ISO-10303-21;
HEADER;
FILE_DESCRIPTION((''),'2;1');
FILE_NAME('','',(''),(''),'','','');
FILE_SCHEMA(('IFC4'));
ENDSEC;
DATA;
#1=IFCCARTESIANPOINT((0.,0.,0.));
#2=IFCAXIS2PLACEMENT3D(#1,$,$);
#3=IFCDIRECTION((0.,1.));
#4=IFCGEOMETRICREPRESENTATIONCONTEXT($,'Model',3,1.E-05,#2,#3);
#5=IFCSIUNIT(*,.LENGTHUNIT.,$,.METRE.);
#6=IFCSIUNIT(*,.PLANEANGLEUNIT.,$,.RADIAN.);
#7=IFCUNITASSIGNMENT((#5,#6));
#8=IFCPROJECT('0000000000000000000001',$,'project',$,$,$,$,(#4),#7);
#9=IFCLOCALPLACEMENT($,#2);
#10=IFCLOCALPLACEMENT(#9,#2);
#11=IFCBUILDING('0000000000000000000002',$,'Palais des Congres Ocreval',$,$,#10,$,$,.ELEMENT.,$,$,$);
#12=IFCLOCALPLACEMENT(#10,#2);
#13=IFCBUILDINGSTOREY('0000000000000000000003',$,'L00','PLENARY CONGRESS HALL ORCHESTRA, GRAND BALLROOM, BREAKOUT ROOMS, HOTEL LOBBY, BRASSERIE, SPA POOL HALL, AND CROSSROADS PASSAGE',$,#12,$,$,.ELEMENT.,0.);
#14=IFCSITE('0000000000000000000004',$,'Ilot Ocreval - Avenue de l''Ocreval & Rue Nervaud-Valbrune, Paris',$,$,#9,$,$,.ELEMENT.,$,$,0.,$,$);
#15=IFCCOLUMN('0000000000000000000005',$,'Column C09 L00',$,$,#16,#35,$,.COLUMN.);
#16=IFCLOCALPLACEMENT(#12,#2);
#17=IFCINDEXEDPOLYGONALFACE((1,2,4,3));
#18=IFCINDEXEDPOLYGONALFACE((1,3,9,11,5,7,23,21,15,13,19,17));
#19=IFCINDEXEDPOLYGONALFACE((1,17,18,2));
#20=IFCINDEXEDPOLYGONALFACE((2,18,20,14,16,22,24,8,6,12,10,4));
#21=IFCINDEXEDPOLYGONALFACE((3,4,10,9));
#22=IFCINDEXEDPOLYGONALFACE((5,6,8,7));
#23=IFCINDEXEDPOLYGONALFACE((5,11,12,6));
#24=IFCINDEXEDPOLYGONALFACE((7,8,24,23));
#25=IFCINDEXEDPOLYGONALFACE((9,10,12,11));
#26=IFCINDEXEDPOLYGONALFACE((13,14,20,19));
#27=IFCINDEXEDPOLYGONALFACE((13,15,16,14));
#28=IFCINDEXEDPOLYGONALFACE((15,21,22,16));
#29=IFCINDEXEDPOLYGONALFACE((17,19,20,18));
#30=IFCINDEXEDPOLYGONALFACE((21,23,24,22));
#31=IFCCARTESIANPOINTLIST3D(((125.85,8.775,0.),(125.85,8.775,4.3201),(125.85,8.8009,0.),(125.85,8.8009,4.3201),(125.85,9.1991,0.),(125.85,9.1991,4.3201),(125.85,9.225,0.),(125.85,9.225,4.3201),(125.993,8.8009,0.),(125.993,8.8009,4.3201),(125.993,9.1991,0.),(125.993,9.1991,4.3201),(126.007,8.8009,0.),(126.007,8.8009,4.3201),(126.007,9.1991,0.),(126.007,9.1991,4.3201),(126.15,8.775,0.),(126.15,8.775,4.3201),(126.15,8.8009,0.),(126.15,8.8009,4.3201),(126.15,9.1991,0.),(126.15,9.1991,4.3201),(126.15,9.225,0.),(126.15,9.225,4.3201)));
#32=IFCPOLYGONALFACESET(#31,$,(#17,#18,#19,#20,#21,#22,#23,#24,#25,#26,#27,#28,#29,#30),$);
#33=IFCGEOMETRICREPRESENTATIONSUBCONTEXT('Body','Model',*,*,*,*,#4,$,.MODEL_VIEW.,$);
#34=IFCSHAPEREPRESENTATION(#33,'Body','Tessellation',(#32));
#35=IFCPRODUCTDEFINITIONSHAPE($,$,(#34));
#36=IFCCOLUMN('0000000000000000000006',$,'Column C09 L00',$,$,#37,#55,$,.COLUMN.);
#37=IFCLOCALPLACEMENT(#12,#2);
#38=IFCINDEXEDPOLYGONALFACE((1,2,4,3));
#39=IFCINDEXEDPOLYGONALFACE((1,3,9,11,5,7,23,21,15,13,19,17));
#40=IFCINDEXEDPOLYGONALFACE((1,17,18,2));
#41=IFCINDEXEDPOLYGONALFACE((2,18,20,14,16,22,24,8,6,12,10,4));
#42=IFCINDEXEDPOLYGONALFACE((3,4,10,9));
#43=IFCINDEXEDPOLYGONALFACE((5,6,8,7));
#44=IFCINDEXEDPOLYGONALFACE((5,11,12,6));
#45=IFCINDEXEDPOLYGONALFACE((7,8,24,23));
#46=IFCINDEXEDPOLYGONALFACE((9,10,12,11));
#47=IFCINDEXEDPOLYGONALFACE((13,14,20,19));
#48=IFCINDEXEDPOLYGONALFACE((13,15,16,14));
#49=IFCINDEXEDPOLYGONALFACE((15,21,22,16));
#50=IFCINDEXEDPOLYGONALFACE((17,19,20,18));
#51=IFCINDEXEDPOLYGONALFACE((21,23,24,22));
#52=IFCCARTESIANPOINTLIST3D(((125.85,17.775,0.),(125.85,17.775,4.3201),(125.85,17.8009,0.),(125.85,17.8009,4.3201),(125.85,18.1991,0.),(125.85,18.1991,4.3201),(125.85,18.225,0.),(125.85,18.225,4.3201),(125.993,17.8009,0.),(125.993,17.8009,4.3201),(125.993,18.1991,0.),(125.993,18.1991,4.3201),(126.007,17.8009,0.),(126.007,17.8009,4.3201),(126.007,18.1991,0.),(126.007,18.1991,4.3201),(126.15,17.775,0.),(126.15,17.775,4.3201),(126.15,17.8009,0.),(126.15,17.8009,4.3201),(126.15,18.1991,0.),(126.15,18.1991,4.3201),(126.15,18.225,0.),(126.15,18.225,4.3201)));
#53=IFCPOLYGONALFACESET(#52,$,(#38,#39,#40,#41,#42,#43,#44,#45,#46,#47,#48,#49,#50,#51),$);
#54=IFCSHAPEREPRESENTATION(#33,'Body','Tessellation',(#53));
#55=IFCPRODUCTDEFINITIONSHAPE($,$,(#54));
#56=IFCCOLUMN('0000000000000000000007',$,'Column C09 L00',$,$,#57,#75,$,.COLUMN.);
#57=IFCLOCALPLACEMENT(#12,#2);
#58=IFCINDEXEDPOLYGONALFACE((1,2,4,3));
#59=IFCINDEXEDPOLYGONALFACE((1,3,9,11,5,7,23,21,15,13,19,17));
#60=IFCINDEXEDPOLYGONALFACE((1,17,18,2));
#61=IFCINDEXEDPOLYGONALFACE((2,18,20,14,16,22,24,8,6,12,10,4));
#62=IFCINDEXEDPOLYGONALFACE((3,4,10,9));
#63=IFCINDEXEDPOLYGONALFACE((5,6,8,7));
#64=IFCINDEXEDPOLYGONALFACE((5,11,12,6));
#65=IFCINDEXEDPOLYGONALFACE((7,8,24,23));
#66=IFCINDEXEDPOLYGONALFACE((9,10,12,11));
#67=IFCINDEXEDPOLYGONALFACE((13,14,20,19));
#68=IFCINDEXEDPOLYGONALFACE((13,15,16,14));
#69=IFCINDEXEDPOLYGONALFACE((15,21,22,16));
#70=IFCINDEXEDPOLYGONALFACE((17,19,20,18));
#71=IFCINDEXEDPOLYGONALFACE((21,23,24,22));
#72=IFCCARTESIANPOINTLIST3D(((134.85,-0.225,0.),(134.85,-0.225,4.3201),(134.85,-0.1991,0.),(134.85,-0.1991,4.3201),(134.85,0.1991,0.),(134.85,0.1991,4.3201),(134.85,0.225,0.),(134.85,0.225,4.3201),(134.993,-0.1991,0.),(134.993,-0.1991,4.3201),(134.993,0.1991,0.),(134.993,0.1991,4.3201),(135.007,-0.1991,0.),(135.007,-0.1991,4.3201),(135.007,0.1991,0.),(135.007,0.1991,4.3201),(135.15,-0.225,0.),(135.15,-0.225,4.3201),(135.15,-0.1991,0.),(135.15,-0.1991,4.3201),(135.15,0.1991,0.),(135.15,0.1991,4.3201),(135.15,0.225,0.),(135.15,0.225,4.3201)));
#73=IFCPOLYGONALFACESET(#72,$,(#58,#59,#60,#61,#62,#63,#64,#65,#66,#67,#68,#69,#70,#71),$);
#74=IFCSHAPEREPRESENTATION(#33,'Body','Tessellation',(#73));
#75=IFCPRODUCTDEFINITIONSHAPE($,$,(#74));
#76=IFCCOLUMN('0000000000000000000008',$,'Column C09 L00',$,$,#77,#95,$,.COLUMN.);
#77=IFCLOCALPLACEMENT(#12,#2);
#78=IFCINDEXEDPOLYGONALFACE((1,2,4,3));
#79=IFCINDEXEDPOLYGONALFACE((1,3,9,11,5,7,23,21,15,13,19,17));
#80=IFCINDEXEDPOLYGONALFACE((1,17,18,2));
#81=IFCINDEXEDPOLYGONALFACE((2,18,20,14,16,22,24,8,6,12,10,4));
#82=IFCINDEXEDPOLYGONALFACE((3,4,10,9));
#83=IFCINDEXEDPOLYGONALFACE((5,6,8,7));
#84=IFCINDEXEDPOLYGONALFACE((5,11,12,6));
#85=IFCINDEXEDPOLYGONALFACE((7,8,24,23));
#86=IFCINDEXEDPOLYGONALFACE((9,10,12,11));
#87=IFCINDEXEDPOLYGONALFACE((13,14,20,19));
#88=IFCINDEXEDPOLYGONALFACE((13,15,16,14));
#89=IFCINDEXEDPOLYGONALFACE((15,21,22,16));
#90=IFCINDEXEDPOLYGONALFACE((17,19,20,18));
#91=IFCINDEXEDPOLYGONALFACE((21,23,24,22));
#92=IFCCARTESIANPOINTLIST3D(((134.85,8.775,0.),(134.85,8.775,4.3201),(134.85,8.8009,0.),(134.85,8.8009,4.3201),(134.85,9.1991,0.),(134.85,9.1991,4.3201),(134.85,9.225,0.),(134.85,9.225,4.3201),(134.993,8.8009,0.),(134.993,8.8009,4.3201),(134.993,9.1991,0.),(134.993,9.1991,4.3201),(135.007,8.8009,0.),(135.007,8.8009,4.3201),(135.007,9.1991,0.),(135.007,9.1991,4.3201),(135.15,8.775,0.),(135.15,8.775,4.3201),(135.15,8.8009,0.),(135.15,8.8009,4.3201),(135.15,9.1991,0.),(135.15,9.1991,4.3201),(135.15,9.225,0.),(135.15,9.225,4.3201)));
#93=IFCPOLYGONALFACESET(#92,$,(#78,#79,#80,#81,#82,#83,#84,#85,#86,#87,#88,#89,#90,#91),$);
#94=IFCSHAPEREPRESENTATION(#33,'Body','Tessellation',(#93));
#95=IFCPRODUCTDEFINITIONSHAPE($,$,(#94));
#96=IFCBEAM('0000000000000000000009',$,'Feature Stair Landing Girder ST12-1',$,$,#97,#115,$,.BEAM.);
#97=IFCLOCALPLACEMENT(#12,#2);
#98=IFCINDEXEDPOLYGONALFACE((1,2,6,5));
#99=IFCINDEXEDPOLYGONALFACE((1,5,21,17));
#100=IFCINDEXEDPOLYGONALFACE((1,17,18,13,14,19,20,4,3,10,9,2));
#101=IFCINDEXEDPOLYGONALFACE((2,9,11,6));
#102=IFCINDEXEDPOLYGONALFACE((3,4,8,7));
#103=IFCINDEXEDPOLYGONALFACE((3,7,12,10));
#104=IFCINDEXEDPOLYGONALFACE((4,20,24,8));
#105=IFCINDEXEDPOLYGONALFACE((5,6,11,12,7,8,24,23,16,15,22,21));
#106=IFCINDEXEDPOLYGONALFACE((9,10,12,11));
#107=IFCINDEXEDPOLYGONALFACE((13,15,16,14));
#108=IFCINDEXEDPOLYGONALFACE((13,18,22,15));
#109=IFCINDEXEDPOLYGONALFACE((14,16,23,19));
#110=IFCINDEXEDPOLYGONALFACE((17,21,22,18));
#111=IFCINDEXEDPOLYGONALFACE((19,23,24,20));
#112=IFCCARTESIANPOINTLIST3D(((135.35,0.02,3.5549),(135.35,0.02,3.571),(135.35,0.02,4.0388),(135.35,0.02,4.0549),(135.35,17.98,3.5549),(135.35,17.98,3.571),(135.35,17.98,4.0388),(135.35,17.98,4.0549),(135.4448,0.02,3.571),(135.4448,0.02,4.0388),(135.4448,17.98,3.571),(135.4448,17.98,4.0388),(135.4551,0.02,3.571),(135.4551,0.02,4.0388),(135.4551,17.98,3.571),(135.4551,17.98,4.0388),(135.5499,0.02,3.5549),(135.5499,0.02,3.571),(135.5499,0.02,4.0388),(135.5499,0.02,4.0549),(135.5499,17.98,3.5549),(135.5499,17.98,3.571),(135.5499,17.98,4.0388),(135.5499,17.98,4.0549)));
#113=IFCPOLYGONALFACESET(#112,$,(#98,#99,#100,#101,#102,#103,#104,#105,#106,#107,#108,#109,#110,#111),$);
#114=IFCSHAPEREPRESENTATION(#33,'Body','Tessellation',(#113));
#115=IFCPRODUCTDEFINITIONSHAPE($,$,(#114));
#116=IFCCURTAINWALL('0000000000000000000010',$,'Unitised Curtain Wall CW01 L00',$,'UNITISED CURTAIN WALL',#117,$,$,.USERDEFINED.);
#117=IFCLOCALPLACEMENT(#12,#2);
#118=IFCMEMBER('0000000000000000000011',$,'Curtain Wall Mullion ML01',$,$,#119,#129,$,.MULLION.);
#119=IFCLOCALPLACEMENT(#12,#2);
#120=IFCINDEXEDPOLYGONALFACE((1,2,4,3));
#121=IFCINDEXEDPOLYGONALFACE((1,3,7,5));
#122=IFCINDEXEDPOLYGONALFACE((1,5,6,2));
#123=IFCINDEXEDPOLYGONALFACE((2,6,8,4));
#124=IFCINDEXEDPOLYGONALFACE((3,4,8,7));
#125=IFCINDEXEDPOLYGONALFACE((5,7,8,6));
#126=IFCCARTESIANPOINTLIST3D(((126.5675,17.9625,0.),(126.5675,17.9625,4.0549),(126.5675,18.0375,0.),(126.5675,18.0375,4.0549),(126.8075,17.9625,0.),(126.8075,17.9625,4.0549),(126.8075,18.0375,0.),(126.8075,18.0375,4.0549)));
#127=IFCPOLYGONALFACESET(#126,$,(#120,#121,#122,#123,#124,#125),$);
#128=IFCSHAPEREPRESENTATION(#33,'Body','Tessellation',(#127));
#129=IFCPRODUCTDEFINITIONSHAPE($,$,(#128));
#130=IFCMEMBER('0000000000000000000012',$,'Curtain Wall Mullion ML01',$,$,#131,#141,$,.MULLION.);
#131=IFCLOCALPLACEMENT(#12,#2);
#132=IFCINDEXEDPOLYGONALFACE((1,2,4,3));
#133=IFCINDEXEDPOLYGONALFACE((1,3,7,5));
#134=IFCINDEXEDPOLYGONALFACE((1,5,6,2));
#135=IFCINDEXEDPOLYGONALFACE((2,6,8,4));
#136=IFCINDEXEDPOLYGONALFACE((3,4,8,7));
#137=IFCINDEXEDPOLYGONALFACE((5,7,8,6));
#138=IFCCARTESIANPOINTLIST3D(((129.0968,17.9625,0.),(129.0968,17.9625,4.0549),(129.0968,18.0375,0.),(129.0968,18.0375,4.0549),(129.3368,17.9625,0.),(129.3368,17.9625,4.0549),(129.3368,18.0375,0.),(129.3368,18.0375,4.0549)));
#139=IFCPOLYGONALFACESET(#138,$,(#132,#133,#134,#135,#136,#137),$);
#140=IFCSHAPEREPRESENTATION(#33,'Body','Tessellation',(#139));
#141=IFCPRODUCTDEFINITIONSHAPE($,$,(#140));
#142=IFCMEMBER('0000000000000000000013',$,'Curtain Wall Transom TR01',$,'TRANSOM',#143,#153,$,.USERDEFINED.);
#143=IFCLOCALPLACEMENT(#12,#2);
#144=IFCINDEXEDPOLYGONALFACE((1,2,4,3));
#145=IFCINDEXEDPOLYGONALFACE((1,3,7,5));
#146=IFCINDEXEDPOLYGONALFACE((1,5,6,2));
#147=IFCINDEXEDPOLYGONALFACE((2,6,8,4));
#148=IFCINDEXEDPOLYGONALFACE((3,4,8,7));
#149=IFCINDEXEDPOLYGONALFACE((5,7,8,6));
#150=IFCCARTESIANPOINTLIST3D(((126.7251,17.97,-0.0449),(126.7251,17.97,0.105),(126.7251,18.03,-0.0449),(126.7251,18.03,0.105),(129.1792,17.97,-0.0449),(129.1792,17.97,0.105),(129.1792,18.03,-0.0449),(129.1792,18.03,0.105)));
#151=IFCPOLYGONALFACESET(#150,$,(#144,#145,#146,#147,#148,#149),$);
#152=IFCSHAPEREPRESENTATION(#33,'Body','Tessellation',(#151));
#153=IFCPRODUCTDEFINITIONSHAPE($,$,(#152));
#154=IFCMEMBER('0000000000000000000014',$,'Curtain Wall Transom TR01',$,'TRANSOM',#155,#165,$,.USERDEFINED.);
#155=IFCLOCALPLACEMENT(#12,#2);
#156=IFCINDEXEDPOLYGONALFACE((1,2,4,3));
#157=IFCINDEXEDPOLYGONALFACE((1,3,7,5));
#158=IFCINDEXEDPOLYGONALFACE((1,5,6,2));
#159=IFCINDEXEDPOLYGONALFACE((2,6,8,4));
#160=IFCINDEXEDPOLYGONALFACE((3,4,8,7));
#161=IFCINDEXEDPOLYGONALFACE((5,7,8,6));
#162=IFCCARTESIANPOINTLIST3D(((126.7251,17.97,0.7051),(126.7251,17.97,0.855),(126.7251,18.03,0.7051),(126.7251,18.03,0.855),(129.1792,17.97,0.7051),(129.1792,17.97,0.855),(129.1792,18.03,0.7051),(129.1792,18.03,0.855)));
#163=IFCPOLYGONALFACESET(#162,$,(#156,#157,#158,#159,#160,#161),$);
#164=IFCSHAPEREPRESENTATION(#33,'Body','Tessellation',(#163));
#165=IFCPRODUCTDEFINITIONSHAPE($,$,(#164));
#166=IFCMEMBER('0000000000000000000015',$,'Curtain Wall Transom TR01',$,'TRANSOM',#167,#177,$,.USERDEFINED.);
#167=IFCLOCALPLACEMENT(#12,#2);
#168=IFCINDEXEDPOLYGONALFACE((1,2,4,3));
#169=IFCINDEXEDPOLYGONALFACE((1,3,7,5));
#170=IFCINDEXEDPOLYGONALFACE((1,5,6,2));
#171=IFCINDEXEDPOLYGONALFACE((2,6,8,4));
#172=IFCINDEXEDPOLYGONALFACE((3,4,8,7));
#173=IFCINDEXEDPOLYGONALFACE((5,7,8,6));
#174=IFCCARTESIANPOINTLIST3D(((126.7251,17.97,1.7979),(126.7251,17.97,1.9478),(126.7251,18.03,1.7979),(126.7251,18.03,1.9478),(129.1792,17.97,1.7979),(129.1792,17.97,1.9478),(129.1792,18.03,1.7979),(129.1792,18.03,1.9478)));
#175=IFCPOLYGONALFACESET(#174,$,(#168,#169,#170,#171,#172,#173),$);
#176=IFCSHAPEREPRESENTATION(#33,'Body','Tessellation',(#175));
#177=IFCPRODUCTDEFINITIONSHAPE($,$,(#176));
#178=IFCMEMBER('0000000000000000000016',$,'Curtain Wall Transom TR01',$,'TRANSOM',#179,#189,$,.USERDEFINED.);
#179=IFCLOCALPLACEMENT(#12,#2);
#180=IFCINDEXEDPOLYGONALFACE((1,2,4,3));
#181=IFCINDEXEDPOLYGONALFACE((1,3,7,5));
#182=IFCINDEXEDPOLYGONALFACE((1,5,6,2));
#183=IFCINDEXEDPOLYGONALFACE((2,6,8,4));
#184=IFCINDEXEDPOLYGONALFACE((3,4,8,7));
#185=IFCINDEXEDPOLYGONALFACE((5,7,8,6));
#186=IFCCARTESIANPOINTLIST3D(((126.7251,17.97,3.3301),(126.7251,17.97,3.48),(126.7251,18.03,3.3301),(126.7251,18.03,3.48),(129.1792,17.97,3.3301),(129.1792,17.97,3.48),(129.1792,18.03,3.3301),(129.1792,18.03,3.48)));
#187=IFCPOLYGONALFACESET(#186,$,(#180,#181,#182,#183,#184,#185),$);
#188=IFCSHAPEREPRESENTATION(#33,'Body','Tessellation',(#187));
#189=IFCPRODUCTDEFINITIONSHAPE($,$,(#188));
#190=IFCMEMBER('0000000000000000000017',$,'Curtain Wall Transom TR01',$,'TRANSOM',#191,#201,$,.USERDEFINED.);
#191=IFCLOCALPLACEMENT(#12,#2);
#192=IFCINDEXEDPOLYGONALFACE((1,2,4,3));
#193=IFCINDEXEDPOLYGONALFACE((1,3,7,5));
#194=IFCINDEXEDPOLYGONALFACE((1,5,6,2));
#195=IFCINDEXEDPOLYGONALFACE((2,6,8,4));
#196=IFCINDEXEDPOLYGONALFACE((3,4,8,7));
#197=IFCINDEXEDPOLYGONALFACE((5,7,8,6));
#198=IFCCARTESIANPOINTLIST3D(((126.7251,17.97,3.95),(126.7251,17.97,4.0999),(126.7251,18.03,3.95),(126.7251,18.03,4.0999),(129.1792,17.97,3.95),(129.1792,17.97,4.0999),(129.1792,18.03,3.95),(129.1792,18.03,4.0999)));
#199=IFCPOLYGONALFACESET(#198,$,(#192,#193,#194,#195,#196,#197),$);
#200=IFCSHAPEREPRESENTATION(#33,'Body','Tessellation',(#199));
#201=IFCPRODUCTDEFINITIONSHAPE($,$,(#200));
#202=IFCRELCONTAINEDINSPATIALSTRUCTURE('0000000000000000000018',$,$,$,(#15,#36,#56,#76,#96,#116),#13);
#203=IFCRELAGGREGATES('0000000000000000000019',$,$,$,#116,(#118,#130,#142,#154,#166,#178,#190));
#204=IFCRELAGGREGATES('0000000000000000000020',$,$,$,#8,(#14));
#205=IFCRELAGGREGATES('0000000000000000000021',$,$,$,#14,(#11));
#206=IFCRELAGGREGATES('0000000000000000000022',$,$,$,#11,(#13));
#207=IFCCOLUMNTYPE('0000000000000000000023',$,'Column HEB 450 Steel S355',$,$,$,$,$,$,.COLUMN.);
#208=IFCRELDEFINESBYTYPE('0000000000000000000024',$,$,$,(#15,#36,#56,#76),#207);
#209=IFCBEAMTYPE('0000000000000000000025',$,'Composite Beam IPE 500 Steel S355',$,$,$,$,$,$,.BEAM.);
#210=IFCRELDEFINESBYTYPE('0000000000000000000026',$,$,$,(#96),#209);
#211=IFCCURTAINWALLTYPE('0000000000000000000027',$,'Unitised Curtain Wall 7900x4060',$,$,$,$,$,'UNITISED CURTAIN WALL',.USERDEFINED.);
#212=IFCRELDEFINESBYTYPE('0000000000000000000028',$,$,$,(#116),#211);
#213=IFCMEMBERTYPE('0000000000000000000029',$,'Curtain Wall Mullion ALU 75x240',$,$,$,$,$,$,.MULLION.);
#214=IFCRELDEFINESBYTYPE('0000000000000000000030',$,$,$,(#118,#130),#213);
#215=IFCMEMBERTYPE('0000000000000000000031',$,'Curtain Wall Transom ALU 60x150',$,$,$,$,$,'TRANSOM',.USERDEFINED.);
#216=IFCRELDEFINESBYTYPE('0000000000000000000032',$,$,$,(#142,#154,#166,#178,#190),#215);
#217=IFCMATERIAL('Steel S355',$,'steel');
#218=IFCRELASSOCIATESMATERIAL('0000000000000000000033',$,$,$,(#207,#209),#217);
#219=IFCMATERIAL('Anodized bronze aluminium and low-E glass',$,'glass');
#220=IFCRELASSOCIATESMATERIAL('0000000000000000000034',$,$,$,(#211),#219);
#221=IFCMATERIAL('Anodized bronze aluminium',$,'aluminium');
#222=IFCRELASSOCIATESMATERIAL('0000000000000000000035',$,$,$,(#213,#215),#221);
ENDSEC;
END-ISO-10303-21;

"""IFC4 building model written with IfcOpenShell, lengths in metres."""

from ifc_helpers import new_model, si_unit, direction, frame, origin, origin_2d, place, context, subcontext, project, spatial, rectangle, i_section, extrude, material, material_profile, profile_set, type_object, element, aggregate, save


model = new_model("IFC4")

# Units and contexts
model_context = context("Model", 3, precision=1e-05, world=origin(), true_north=direction((0.0, 1.0)))
body_context = subcontext(model_context, "Body", "Model", "MODEL_VIEW")
ifc_project = project(units=[si_unit("LENGTHUNIT", "METRE"), si_unit("PLANEANGLEUNIT", "RADIAN")], contexts=[model_context])

# Site, building, storey
site_placement = place(None, origin())
site = spatial("IfcSite", under=ifc_project, at=site_placement, Name="Ilot Ocreval - Avenue de l'Ocreval & Rue Nervaud-Valbrune, Paris", CompositionType="ELEMENT", RefElevation=0.0)
building_placement = place(site_placement, origin())
building = spatial("IfcBuilding", under=site, at=building_placement, Name="Palais des Congres Ocreval", CompositionType="ELEMENT")
storey_placement = place(building_placement, origin())
storey = spatial("IfcBuildingStorey", under=building, at=storey_placement, Name="L00", Description="PLENARY CONGRESS HALL ORCHESTRA, GRAND BALLROOM, BREAKOUT ROOMS, HOTEL LOBBY, BRASSERIE, SPA POOL HALL, AND CROSSROADS PASSAGE", CompositionType="ELEMENT", Elevation=0.0)

# Columns
ifc_material_1 = material(Name="Steel S355", Category="steel")
ifc_material_profile_1 = material_profile(ifc_material_1, i_section(OverallWidth=0.3, OverallDepth=0.45, WebThickness=0.0139, FlangeThickness=0.0259, at=origin_2d()), Name="HEB 450")
ifc_profile_set_1 = profile_set([ifc_material_profile_1], Name="Steel S355")
column_type = type_object("IfcColumnType", Name="Column HEB 450 Steel S355", PredefinedType="COLUMN", material=ifc_profile_set_1)
for number, where, z_axis, x_axis, name in (
    (1, (126.0, 9.0, 0.0), (0.0, 0.0, 1.0), (1.0, 0.0, 0.0), "Column C09 L00"),
    (2, (126.0, 18.0, 0.0), (0.0, 0.0, 1.0), (1.0, 0.0, 0.0), "Column C09 L00"),
    (3, (135.0, 0.0, 0.0), (0.0, 0.0, 1.0), (1.0, 0.0, 0.0), "Column C09 L00"),
    (4, (135.0, 9.0, 0.0), (0.0, 0.0, 1.0), (1.0, 0.0, 0.0), "Column C09 L00"),
):
    element("IfcColumn", number, at=place(storey_placement, frame(where, z_axis=z_axis, x_axis=x_axis)), inside=storey, type_object=column_type, Name=name, PredefinedType="COLUMN", context=body_context, shape_type="SweptSolid", body=[
        extrude(i_section(OverallWidth=0.3, OverallDepth=0.45, WebThickness=0.0139, FlangeThickness=0.0259, at=origin_2d()), origin(), (0.0, 0.0, 1.0), 4.3201),
    ])

# Beam
ifc_material_profile_2 = material_profile(ifc_material_1, i_section(OverallWidth=0.2, OverallDepth=0.5, WebThickness=0.0103, FlangeThickness=0.0161, at=origin_2d()), Name="IPE 500")
ifc_profile_set_2 = profile_set([ifc_material_profile_2], Name="Steel S355")
beam_type_1 = type_object("IfcBeamType", Name="Composite Beam IPE 500 Steel S355", PredefinedType="BEAM", material=ifc_profile_set_2)
beam_1_placement = place(storey_placement, frame((135.45, 0.02, 3.8049), z_axis=(0.0, 1.0, 0.0), x_axis=(-1.0, 0.0, 0.0)))
element("IfcBeam", 5, at=beam_1_placement, inside=storey, type_object=beam_type_1, Name="Feature Stair Landing Girder ST12-1", PredefinedType="BEAM", context=body_context, shape_type="SweptSolid", body=[
    extrude(i_section(OverallWidth=0.2, OverallDepth=0.5, WebThickness=0.0103, FlangeThickness=0.0161, at=origin_2d()), origin(), (0.0, 0.0, 1.0), 17.96),
])

# Curtain wall, members
ifc_material_2 = material(Name="Anodized bronze aluminium and low-E glass", Category="glass")
curtain_wall_type = type_object("IfcCurtainWallType", Name="Unitised Curtain Wall 7900x4060", ElementType="UNITISED CURTAIN WALL", PredefinedType="USERDEFINED", material=ifc_material_2)
curtain_wall_placement = place(storey_placement, origin())
curtain_wall = element("IfcCurtainWall", 6, at=curtain_wall_placement, inside=storey, type_object=curtain_wall_type, Name="Unitised Curtain Wall CW01 L00", ObjectType="UNITISED CURTAIN WALL", PredefinedType="USERDEFINED")
ifc_material_3 = material(Name="Anodized bronze aluminium", Category="aluminium")
ifc_material_profile_3 = material_profile(ifc_material_3, rectangle(XDim=0.075, YDim=0.24, at=origin_2d()), Name="ALU 75x240")
ifc_profile_set_3 = profile_set([ifc_material_profile_3], Name="Anodized bronze aluminium")
member_type_1 = type_object("IfcMemberType", Name="Curtain Wall Mullion ALU 75x240", PredefinedType="MULLION", material=ifc_profile_set_3)
member_1_placement = place(storey_placement, frame((126.6875, 18.0, 0.0), z_axis=(0.0, 0.0, 1.0), x_axis=(0.0, 1.0, 0.0)))
member_1 = element("IfcMember", 7, at=member_1_placement, type_object=member_type_1, Name="Curtain Wall Mullion ML01", PredefinedType="MULLION", context=body_context, shape_type="SweptSolid", body=[
    extrude(rectangle(XDim=0.075, YDim=0.24, at=origin_2d()), origin(), (0.0, 0.0, 1.0), 4.0549),
])
member_2_placement = place(storey_placement, frame((129.2168, 18.0, 0.0), z_axis=(0.0, 0.0, 1.0), x_axis=(0.0, 1.0, 0.0)))
member_2 = element("IfcMember", 8, at=member_2_placement, type_object=member_type_1, Name="Curtain Wall Mullion ML01", PredefinedType="MULLION", context=body_context, shape_type="SweptSolid", body=[
    extrude(rectangle(XDim=0.075, YDim=0.24, at=origin_2d()), origin(), (0.0, 0.0, 1.0), 4.0549),
])
ifc_material_profile_4 = material_profile(ifc_material_3, rectangle(XDim=0.0601, YDim=0.1499, at=origin_2d()), Name="ALU 60x150")
ifc_profile_set_4 = profile_set([ifc_material_profile_4], Name="Anodized bronze aluminium")
member_type_2 = type_object("IfcMemberType", Name="Curtain Wall Transom ALU 60x150", ElementType="TRANSOM", PredefinedType="USERDEFINED", material=ifc_profile_set_4)
member_3_placement = place(storey_placement, frame((126.7251, 18.0, 0.03), z_axis=(1.0, 0.0, 0.0), x_axis=(0.0, 1.0, 0.0)))
member_3 = element("IfcMember", 9, at=member_3_placement, type_object=member_type_2, Name="Curtain Wall Transom TR01", ObjectType="TRANSOM", PredefinedType="USERDEFINED", context=body_context, shape_type="SweptSolid", body=[
    extrude(rectangle(XDim=0.0601, YDim=0.1499, at=origin_2d()), origin(), (0.0, 0.0, 1.0), 2.4541),
])
member_4_placement = place(storey_placement, frame((126.7251, 18.0, 0.78), z_axis=(1.0, 0.0, 0.0), x_axis=(0.0, 1.0, 0.0)))
member_4 = element("IfcMember", 10, at=member_4_placement, type_object=member_type_2, Name="Curtain Wall Transom TR01", ObjectType="TRANSOM", PredefinedType="USERDEFINED", context=body_context, shape_type="SweptSolid", body=[
    extrude(rectangle(XDim=0.0601, YDim=0.1499, at=origin_2d()), origin(), (0.0, 0.0, 1.0), 2.4541),
])
member_5_placement = place(storey_placement, frame((126.7251, 18.0, 1.8728), z_axis=(1.0, 0.0, 0.0), x_axis=(0.0, 1.0, 0.0)))
member_5 = element("IfcMember", 11, at=member_5_placement, type_object=member_type_2, Name="Curtain Wall Transom TR01", ObjectType="TRANSOM", PredefinedType="USERDEFINED", context=body_context, shape_type="SweptSolid", body=[
    extrude(rectangle(XDim=0.0601, YDim=0.1499, at=origin_2d()), origin(), (0.0, 0.0, 1.0), 2.4541),
])
member_6_placement = place(storey_placement, frame((126.7251, 18.0, 3.405), z_axis=(1.0, 0.0, 0.0), x_axis=(0.0, 1.0, 0.0)))
member_6 = element("IfcMember", 12, at=member_6_placement, type_object=member_type_2, Name="Curtain Wall Transom TR01", ObjectType="TRANSOM", PredefinedType="USERDEFINED", context=body_context, shape_type="SweptSolid", body=[
    extrude(rectangle(XDim=0.0601, YDim=0.1499, at=origin_2d()), origin(), (0.0, 0.0, 1.0), 2.4541),
])
member_7_placement = place(storey_placement, frame((126.7251, 18.0, 4.0249), z_axis=(1.0, 0.0, 0.0), x_axis=(0.0, 1.0, 0.0)))
member_7 = element("IfcMember", 13, at=member_7_placement, type_object=member_type_2, Name="Curtain Wall Transom TR01", ObjectType="TRANSOM", PredefinedType="USERDEFINED", context=body_context, shape_type="SweptSolid", body=[
    extrude(rectangle(XDim=0.0601, YDim=0.1499, at=origin_2d()), origin(), (0.0, 0.0, 1.0), 2.4541),
])

aggregate(curtain_wall, [member_1, member_2, member_3, member_4, member_5, member_6, member_7])

save(model, "model.ifc")
